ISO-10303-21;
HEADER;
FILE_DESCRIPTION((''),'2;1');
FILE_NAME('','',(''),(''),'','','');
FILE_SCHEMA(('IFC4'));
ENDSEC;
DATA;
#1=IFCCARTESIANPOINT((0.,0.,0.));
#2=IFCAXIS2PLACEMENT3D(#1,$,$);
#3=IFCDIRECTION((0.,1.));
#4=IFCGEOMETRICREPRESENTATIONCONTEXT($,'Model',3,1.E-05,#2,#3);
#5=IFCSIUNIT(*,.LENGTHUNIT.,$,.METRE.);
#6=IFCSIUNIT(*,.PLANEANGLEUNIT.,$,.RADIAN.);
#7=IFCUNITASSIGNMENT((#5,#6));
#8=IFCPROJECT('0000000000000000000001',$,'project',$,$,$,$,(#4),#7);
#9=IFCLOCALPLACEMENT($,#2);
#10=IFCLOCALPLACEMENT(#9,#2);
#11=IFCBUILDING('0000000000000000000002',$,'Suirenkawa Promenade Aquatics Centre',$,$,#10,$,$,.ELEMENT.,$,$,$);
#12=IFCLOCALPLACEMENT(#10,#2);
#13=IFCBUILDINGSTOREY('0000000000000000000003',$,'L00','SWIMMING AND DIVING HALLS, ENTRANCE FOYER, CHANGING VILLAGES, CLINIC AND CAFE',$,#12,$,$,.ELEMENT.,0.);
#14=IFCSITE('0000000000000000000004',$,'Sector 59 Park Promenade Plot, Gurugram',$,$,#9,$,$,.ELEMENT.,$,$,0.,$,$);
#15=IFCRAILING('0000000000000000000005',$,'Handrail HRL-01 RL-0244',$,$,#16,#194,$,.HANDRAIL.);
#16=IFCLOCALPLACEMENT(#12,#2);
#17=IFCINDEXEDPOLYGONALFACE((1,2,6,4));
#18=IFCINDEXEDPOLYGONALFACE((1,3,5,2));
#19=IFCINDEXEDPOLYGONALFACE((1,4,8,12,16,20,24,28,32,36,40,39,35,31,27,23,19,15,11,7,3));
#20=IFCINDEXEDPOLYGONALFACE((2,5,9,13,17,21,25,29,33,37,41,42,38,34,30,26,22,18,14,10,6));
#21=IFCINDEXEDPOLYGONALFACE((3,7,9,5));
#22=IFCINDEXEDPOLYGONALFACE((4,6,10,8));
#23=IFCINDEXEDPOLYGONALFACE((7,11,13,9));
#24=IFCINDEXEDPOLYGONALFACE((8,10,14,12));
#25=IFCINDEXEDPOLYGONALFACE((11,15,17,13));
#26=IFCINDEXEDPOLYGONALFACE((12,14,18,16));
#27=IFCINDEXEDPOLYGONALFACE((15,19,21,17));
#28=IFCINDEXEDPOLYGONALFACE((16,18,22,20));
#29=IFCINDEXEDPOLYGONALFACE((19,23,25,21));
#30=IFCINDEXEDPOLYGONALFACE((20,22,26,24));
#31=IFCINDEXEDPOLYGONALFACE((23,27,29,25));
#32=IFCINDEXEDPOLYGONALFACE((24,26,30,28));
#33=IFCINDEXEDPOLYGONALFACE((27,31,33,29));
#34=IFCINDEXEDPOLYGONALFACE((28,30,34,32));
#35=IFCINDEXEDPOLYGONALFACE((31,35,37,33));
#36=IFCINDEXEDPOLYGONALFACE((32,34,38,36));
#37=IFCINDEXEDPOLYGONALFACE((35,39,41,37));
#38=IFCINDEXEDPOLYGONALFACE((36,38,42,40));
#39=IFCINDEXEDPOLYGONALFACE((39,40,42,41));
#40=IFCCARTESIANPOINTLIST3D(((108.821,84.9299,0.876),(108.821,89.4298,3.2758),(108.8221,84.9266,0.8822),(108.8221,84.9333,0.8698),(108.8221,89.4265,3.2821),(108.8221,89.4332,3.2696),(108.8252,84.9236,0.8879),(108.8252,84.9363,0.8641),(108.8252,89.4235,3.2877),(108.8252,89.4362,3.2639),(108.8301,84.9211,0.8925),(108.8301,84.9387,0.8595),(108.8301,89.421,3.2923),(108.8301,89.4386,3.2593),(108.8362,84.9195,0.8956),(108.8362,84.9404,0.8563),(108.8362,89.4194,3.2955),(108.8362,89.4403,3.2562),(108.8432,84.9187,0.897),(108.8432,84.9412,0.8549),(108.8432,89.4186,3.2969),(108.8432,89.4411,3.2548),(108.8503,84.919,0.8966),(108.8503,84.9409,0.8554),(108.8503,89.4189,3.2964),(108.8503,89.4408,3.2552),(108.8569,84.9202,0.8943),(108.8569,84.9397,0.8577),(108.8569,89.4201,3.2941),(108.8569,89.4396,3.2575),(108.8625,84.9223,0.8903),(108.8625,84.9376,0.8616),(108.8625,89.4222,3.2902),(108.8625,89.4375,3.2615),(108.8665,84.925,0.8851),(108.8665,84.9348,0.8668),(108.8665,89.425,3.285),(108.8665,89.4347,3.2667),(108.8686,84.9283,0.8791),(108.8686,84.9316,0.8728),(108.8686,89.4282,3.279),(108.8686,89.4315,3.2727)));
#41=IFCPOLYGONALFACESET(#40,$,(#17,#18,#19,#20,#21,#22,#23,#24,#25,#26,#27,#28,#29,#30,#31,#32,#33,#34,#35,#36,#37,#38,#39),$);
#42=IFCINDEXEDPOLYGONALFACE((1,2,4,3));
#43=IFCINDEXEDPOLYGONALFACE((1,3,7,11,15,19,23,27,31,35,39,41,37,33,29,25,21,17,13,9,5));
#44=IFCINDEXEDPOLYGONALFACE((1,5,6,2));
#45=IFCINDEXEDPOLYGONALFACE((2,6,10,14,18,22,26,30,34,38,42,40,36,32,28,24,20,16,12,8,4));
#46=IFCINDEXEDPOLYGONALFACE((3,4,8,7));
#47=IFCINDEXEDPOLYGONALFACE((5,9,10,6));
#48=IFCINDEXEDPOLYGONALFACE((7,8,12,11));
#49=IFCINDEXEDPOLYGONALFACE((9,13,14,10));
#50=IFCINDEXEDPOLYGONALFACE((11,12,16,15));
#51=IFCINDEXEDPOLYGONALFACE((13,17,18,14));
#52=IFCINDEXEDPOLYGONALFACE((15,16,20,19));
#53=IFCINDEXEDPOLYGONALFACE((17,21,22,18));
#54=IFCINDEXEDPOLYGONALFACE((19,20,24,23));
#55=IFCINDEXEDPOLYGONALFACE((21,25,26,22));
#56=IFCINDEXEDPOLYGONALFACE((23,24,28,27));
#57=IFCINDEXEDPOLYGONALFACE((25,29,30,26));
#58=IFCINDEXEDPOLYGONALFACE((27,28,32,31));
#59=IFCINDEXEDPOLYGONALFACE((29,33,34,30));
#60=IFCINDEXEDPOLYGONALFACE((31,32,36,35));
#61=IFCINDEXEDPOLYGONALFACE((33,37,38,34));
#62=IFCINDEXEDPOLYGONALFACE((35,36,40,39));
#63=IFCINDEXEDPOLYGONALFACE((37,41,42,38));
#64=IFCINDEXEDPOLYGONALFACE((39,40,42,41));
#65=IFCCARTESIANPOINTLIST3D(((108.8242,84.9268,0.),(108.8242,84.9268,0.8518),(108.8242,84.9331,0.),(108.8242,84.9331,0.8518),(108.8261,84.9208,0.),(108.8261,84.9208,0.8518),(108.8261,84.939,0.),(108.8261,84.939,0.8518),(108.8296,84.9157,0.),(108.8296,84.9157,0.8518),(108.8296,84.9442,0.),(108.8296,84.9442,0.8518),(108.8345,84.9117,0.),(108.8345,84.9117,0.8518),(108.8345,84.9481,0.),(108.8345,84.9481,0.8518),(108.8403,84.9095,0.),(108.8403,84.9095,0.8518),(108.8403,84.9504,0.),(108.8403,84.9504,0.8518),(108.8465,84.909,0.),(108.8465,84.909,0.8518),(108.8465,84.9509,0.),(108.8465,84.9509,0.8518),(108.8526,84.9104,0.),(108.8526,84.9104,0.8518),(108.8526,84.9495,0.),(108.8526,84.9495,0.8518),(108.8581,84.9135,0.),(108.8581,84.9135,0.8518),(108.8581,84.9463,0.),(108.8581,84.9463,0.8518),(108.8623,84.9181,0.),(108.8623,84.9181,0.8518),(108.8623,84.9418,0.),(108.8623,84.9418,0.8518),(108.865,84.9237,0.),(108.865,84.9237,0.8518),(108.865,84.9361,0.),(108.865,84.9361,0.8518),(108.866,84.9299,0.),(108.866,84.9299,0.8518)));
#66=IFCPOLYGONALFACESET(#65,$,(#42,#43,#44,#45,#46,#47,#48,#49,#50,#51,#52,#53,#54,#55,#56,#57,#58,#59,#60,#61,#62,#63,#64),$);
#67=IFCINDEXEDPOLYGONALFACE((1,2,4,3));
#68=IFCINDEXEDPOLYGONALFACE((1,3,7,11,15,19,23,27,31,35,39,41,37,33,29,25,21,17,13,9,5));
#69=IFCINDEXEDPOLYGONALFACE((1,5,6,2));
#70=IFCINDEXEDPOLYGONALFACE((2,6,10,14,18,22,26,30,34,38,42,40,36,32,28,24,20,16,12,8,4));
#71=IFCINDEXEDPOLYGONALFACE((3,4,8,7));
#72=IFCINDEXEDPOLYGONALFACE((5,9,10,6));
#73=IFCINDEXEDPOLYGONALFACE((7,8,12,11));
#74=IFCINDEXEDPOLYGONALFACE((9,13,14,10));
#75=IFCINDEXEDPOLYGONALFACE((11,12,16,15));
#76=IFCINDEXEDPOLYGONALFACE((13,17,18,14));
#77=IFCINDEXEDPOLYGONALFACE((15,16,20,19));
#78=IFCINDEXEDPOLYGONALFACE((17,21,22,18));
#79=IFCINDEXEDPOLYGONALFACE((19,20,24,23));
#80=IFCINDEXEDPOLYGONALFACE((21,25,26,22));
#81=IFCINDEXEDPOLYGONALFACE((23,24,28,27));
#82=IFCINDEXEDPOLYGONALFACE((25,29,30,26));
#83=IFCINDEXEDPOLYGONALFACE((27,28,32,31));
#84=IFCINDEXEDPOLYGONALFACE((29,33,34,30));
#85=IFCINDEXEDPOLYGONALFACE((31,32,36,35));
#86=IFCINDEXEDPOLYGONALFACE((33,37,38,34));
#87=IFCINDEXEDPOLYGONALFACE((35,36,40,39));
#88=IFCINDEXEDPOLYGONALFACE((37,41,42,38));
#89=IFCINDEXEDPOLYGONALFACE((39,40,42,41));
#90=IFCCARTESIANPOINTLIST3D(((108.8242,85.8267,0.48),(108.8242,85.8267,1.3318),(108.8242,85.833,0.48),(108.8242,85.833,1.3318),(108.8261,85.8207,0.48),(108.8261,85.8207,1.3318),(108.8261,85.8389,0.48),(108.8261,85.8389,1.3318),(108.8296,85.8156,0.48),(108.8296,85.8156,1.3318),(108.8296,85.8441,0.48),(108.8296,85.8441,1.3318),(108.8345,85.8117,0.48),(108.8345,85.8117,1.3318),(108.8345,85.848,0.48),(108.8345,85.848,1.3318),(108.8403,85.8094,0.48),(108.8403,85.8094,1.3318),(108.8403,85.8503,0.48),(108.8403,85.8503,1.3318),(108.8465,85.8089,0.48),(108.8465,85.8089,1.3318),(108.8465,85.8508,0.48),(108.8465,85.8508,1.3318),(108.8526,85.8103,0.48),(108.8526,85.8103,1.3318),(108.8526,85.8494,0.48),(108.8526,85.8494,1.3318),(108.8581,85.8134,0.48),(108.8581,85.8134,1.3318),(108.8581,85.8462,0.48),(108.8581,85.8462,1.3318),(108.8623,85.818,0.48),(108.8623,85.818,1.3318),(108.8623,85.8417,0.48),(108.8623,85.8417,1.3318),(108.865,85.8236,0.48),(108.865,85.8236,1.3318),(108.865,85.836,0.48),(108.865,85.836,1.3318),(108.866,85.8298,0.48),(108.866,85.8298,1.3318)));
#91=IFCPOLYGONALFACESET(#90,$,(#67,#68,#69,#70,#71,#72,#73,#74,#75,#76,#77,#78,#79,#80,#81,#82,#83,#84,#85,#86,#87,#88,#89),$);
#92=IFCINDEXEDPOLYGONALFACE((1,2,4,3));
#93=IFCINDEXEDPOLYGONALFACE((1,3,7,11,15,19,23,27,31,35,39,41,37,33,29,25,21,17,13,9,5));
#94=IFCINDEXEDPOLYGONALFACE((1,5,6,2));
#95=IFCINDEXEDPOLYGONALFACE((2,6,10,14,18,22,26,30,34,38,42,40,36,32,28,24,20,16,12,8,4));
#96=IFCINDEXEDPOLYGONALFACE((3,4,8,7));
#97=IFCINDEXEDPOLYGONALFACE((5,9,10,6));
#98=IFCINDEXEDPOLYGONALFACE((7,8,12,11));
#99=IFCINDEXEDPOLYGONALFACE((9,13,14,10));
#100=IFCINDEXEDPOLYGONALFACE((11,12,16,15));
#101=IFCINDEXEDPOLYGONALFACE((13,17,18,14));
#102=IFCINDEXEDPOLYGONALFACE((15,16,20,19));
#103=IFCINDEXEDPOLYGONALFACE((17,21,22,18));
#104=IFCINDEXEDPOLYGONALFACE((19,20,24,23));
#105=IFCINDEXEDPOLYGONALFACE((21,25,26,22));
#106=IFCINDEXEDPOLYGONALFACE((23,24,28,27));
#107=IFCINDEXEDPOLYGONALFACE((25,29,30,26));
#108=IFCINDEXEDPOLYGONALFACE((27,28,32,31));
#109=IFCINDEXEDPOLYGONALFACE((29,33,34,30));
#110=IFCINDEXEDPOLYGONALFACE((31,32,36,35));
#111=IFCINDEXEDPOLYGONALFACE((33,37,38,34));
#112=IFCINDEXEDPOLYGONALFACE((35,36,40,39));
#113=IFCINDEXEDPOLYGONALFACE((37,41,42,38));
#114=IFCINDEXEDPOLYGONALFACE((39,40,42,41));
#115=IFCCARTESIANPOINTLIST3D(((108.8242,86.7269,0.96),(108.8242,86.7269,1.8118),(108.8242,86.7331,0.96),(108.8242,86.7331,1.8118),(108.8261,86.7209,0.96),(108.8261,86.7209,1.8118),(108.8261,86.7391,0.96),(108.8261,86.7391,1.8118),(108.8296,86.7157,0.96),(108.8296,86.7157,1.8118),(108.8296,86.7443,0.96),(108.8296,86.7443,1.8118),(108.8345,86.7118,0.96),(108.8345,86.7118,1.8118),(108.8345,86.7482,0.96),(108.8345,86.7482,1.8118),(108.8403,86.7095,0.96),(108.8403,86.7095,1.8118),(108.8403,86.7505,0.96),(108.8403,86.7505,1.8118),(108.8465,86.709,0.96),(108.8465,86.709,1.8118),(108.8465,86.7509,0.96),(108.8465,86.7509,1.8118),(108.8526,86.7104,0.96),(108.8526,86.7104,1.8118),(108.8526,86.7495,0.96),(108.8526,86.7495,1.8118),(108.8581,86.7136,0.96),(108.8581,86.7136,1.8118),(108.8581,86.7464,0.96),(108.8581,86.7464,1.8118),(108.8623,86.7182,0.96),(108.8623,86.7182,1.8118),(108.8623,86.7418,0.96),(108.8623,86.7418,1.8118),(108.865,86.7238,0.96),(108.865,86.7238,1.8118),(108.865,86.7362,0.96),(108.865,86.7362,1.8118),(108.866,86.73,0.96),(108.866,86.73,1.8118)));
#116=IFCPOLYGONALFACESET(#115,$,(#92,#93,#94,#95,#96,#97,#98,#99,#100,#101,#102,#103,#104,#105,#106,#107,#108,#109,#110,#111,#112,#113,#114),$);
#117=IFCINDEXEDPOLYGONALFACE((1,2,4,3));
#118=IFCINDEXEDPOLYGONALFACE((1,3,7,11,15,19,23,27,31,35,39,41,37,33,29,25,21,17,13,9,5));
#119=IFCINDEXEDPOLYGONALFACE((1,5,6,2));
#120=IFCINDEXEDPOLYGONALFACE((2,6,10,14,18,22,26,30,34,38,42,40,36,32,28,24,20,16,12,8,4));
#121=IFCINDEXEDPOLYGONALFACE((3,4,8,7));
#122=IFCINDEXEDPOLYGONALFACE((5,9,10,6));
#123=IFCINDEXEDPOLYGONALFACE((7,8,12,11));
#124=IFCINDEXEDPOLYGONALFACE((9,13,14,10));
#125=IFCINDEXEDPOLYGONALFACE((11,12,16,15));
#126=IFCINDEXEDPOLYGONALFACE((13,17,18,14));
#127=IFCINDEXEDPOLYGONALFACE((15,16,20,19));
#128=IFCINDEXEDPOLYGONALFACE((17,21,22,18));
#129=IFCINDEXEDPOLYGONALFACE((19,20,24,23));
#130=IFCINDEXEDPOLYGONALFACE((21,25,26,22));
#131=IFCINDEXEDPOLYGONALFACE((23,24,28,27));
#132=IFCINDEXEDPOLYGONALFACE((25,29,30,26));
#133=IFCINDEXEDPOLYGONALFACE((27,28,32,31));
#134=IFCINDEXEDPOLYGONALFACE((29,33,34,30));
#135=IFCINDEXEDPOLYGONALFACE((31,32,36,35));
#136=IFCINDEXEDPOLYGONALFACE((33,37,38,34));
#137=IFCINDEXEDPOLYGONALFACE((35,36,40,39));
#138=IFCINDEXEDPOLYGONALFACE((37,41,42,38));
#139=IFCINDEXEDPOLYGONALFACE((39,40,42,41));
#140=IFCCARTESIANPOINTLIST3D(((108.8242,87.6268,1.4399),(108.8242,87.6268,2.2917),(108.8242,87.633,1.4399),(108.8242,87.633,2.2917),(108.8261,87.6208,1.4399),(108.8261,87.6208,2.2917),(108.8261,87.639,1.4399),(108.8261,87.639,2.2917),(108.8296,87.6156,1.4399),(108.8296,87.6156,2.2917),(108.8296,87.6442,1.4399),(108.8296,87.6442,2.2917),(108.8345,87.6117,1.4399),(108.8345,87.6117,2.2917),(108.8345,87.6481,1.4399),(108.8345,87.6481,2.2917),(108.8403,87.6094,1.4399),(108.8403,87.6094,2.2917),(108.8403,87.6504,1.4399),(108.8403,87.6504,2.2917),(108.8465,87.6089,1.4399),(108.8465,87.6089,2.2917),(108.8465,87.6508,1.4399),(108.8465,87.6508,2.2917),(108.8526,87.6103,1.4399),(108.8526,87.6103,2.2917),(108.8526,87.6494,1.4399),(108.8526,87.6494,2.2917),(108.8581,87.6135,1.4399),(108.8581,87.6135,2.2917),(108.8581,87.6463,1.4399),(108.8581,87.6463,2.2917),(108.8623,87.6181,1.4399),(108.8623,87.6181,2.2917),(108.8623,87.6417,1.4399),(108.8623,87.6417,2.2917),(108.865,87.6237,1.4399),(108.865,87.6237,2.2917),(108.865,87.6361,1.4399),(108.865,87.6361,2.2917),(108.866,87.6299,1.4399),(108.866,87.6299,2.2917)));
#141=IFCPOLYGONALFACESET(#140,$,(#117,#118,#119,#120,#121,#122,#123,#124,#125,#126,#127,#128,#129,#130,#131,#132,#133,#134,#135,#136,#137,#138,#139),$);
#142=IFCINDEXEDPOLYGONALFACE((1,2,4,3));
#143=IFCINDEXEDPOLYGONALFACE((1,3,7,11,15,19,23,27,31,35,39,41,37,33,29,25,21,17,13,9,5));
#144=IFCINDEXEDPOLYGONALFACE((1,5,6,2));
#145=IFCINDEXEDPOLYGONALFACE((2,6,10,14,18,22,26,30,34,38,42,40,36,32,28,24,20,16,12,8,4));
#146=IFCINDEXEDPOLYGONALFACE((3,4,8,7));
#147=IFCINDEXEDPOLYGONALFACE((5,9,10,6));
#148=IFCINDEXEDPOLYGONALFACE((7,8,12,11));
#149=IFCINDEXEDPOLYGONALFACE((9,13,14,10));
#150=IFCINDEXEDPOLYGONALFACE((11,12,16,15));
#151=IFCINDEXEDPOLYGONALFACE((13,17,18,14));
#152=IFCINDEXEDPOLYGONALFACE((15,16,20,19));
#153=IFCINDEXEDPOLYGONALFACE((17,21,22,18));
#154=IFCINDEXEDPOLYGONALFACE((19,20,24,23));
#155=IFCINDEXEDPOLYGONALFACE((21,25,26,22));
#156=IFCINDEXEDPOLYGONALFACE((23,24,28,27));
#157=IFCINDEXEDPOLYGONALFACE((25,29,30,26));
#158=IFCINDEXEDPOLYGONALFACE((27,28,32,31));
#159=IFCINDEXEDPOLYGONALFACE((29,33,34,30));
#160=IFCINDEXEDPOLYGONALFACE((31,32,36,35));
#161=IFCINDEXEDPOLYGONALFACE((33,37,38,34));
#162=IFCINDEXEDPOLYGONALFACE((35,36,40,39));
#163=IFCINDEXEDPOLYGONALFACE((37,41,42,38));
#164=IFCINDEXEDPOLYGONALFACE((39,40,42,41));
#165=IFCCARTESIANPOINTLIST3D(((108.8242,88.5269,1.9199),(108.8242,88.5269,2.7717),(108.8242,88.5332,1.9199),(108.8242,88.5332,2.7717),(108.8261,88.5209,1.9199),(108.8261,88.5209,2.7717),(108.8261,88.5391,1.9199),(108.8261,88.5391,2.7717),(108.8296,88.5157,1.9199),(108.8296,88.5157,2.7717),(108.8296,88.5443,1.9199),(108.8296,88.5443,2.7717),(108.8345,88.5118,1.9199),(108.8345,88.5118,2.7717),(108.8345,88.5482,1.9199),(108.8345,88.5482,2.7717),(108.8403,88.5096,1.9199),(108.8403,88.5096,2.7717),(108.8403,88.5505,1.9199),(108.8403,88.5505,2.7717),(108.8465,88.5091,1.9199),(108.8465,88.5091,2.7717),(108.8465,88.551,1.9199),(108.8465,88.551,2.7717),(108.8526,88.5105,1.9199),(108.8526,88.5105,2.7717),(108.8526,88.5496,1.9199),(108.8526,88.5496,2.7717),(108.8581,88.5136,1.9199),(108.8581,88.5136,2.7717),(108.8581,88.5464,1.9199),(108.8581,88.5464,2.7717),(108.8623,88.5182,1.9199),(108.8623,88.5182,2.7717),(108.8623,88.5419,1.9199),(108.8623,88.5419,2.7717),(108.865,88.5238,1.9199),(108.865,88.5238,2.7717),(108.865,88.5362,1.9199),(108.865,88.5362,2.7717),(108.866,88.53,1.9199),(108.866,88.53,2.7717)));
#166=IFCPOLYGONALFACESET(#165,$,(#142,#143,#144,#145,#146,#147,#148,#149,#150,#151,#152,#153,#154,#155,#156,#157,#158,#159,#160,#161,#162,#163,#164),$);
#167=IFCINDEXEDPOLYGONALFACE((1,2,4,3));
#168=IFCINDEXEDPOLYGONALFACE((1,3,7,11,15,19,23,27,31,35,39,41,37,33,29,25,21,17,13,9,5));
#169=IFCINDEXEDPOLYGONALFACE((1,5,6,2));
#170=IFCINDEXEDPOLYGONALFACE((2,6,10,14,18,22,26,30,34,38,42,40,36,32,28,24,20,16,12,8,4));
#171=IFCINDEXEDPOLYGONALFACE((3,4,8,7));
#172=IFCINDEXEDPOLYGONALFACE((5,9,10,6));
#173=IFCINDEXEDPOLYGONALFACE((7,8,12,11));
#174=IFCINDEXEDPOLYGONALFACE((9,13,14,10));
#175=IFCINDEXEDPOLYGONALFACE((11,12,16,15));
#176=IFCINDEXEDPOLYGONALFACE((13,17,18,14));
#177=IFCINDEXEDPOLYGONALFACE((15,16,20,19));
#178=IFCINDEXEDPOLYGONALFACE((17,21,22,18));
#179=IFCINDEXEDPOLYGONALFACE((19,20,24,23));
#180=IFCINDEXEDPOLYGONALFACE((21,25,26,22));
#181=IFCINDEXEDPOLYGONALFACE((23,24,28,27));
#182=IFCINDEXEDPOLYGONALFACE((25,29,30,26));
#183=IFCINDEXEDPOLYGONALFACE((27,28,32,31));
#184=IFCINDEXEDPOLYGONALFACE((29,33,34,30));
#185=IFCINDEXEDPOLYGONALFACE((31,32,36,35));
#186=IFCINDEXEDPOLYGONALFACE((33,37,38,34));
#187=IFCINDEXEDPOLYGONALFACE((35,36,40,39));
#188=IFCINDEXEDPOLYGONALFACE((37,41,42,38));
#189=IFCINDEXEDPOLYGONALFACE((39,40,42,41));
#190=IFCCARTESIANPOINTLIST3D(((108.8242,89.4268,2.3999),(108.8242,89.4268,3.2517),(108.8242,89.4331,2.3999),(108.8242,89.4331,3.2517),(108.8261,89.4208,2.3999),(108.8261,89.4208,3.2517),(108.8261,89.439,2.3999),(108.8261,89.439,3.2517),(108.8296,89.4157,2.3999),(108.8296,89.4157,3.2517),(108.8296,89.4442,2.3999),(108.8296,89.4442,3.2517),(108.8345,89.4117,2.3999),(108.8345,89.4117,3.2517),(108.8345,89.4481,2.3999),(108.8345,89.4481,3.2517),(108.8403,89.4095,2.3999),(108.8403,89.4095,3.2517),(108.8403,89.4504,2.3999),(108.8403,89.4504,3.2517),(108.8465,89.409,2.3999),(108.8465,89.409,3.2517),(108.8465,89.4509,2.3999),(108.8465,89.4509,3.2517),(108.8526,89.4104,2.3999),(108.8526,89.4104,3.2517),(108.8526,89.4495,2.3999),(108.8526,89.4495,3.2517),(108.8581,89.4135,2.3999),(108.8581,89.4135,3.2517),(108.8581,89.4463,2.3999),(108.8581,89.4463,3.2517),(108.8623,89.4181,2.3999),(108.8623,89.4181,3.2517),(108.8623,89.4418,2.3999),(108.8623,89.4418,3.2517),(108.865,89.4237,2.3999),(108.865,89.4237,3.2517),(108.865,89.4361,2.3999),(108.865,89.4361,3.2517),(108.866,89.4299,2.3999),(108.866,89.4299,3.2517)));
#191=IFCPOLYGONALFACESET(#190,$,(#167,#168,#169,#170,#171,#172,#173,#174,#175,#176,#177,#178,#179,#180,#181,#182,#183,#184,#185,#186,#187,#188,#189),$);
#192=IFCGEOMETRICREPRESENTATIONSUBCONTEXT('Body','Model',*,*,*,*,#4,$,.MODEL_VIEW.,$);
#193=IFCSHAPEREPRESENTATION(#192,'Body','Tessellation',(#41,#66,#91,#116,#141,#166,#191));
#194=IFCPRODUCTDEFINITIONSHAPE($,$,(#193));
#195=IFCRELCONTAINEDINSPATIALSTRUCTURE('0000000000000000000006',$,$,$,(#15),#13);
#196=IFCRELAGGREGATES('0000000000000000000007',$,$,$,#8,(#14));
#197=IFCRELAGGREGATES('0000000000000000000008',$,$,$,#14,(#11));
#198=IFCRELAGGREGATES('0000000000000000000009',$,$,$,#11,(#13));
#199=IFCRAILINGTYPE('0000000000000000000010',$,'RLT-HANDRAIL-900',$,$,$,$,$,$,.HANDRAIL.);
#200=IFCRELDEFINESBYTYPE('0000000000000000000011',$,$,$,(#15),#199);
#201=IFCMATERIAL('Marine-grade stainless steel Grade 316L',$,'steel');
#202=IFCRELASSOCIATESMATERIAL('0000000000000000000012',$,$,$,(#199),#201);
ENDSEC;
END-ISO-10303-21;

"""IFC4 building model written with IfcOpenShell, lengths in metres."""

from ifc_helpers import new_model, si_unit, direction, frame, origin, origin_2d, place, context, subcontext, project, spatial, circle, extrude, material, type_object, element, save


model = new_model("IFC4")

# Units and contexts
model_context = context("Model", 3, precision=1e-05, world=origin(), true_north=direction((0.0, 1.0)))
body_context = subcontext(model_context, "Body", "Model", "MODEL_VIEW")
ifc_project = project(units=[si_unit("LENGTHUNIT", "METRE"), si_unit("PLANEANGLEUNIT", "RADIAN")], contexts=[model_context])

# Site, building, storey
site_placement = place(None, origin())
site = spatial("IfcSite", under=ifc_project, at=site_placement, Name="Sector 59 Park Promenade Plot, Gurugram", CompositionType="ELEMENT", RefElevation=0.0)
building_placement = place(site_placement, origin())
building = spatial("IfcBuilding", under=site, at=building_placement, Name="Suirenkawa Promenade Aquatics Centre", CompositionType="ELEMENT")
storey_placement = place(building_placement, origin())
storey = spatial("IfcBuildingStorey", under=building, at=storey_placement, Name="L00", Description="SWIMMING AND DIVING HALLS, ENTRANCE FOYER, CHANGING VILLAGES, CLINIC AND CAFE", CompositionType="ELEMENT", Elevation=0.0)

# Railing
ifc_material_1 = material(Name="Marine-grade stainless steel Grade 316L", Category="steel")
railing_type_1 = type_object("IfcRailingType", Name="RLT-HANDRAIL-900", PredefinedType="HANDRAIL", material=ifc_material_1)
for number, where, name in (
    (1, (108.845, 84.9299, 0.0), "Handrail HRL-01 RL-0244"),
):
    element("IfcRailing", number, at=place(storey_placement, frame(where)), inside=storey, type_object=railing_type_1, Name=name, PredefinedType="HANDRAIL", context=body_context, shape_type="SweptSolid", body=[
        extrude(circle(Radius=0.0239, at=origin_2d()), frame((0.0, 0.0, 0.876), z_axis=(0.0, 0.882361, 0.470573), x_axis=(-1.0, 0.0, 0.0)), (0.0, 0.0, 1.0), 5.0999),
        extrude(circle(Radius=0.021, at=origin_2d()), origin(), (0.0, 0.0, 1.0), 0.8518),
        extrude(circle(Radius=0.021, at=origin_2d()), frame((0.0, 0.8999, 0.48)), (0.0, 0.0, 1.0), 0.8518),
        extrude(circle(Radius=0.021, at=origin_2d()), frame((0.0, 1.8, 0.96)), (0.0, 0.0, 1.0), 0.8518),
        extrude(circle(Radius=0.021, at=origin_2d()), frame((0.0, 2.7, 1.4399)), (0.0, 0.0, 1.0), 0.8518),
        extrude(circle(Radius=0.021, at=origin_2d()), frame((0.0, 3.6001, 1.9199)), (0.0, 0.0, 1.0), 0.8518),
        extrude(circle(Radius=0.021, at=origin_2d()), frame((0.0, 4.5, 2.3999)), (0.0, 0.0, 1.0), 0.8518),
    ])

save(model, "model.ifc")
